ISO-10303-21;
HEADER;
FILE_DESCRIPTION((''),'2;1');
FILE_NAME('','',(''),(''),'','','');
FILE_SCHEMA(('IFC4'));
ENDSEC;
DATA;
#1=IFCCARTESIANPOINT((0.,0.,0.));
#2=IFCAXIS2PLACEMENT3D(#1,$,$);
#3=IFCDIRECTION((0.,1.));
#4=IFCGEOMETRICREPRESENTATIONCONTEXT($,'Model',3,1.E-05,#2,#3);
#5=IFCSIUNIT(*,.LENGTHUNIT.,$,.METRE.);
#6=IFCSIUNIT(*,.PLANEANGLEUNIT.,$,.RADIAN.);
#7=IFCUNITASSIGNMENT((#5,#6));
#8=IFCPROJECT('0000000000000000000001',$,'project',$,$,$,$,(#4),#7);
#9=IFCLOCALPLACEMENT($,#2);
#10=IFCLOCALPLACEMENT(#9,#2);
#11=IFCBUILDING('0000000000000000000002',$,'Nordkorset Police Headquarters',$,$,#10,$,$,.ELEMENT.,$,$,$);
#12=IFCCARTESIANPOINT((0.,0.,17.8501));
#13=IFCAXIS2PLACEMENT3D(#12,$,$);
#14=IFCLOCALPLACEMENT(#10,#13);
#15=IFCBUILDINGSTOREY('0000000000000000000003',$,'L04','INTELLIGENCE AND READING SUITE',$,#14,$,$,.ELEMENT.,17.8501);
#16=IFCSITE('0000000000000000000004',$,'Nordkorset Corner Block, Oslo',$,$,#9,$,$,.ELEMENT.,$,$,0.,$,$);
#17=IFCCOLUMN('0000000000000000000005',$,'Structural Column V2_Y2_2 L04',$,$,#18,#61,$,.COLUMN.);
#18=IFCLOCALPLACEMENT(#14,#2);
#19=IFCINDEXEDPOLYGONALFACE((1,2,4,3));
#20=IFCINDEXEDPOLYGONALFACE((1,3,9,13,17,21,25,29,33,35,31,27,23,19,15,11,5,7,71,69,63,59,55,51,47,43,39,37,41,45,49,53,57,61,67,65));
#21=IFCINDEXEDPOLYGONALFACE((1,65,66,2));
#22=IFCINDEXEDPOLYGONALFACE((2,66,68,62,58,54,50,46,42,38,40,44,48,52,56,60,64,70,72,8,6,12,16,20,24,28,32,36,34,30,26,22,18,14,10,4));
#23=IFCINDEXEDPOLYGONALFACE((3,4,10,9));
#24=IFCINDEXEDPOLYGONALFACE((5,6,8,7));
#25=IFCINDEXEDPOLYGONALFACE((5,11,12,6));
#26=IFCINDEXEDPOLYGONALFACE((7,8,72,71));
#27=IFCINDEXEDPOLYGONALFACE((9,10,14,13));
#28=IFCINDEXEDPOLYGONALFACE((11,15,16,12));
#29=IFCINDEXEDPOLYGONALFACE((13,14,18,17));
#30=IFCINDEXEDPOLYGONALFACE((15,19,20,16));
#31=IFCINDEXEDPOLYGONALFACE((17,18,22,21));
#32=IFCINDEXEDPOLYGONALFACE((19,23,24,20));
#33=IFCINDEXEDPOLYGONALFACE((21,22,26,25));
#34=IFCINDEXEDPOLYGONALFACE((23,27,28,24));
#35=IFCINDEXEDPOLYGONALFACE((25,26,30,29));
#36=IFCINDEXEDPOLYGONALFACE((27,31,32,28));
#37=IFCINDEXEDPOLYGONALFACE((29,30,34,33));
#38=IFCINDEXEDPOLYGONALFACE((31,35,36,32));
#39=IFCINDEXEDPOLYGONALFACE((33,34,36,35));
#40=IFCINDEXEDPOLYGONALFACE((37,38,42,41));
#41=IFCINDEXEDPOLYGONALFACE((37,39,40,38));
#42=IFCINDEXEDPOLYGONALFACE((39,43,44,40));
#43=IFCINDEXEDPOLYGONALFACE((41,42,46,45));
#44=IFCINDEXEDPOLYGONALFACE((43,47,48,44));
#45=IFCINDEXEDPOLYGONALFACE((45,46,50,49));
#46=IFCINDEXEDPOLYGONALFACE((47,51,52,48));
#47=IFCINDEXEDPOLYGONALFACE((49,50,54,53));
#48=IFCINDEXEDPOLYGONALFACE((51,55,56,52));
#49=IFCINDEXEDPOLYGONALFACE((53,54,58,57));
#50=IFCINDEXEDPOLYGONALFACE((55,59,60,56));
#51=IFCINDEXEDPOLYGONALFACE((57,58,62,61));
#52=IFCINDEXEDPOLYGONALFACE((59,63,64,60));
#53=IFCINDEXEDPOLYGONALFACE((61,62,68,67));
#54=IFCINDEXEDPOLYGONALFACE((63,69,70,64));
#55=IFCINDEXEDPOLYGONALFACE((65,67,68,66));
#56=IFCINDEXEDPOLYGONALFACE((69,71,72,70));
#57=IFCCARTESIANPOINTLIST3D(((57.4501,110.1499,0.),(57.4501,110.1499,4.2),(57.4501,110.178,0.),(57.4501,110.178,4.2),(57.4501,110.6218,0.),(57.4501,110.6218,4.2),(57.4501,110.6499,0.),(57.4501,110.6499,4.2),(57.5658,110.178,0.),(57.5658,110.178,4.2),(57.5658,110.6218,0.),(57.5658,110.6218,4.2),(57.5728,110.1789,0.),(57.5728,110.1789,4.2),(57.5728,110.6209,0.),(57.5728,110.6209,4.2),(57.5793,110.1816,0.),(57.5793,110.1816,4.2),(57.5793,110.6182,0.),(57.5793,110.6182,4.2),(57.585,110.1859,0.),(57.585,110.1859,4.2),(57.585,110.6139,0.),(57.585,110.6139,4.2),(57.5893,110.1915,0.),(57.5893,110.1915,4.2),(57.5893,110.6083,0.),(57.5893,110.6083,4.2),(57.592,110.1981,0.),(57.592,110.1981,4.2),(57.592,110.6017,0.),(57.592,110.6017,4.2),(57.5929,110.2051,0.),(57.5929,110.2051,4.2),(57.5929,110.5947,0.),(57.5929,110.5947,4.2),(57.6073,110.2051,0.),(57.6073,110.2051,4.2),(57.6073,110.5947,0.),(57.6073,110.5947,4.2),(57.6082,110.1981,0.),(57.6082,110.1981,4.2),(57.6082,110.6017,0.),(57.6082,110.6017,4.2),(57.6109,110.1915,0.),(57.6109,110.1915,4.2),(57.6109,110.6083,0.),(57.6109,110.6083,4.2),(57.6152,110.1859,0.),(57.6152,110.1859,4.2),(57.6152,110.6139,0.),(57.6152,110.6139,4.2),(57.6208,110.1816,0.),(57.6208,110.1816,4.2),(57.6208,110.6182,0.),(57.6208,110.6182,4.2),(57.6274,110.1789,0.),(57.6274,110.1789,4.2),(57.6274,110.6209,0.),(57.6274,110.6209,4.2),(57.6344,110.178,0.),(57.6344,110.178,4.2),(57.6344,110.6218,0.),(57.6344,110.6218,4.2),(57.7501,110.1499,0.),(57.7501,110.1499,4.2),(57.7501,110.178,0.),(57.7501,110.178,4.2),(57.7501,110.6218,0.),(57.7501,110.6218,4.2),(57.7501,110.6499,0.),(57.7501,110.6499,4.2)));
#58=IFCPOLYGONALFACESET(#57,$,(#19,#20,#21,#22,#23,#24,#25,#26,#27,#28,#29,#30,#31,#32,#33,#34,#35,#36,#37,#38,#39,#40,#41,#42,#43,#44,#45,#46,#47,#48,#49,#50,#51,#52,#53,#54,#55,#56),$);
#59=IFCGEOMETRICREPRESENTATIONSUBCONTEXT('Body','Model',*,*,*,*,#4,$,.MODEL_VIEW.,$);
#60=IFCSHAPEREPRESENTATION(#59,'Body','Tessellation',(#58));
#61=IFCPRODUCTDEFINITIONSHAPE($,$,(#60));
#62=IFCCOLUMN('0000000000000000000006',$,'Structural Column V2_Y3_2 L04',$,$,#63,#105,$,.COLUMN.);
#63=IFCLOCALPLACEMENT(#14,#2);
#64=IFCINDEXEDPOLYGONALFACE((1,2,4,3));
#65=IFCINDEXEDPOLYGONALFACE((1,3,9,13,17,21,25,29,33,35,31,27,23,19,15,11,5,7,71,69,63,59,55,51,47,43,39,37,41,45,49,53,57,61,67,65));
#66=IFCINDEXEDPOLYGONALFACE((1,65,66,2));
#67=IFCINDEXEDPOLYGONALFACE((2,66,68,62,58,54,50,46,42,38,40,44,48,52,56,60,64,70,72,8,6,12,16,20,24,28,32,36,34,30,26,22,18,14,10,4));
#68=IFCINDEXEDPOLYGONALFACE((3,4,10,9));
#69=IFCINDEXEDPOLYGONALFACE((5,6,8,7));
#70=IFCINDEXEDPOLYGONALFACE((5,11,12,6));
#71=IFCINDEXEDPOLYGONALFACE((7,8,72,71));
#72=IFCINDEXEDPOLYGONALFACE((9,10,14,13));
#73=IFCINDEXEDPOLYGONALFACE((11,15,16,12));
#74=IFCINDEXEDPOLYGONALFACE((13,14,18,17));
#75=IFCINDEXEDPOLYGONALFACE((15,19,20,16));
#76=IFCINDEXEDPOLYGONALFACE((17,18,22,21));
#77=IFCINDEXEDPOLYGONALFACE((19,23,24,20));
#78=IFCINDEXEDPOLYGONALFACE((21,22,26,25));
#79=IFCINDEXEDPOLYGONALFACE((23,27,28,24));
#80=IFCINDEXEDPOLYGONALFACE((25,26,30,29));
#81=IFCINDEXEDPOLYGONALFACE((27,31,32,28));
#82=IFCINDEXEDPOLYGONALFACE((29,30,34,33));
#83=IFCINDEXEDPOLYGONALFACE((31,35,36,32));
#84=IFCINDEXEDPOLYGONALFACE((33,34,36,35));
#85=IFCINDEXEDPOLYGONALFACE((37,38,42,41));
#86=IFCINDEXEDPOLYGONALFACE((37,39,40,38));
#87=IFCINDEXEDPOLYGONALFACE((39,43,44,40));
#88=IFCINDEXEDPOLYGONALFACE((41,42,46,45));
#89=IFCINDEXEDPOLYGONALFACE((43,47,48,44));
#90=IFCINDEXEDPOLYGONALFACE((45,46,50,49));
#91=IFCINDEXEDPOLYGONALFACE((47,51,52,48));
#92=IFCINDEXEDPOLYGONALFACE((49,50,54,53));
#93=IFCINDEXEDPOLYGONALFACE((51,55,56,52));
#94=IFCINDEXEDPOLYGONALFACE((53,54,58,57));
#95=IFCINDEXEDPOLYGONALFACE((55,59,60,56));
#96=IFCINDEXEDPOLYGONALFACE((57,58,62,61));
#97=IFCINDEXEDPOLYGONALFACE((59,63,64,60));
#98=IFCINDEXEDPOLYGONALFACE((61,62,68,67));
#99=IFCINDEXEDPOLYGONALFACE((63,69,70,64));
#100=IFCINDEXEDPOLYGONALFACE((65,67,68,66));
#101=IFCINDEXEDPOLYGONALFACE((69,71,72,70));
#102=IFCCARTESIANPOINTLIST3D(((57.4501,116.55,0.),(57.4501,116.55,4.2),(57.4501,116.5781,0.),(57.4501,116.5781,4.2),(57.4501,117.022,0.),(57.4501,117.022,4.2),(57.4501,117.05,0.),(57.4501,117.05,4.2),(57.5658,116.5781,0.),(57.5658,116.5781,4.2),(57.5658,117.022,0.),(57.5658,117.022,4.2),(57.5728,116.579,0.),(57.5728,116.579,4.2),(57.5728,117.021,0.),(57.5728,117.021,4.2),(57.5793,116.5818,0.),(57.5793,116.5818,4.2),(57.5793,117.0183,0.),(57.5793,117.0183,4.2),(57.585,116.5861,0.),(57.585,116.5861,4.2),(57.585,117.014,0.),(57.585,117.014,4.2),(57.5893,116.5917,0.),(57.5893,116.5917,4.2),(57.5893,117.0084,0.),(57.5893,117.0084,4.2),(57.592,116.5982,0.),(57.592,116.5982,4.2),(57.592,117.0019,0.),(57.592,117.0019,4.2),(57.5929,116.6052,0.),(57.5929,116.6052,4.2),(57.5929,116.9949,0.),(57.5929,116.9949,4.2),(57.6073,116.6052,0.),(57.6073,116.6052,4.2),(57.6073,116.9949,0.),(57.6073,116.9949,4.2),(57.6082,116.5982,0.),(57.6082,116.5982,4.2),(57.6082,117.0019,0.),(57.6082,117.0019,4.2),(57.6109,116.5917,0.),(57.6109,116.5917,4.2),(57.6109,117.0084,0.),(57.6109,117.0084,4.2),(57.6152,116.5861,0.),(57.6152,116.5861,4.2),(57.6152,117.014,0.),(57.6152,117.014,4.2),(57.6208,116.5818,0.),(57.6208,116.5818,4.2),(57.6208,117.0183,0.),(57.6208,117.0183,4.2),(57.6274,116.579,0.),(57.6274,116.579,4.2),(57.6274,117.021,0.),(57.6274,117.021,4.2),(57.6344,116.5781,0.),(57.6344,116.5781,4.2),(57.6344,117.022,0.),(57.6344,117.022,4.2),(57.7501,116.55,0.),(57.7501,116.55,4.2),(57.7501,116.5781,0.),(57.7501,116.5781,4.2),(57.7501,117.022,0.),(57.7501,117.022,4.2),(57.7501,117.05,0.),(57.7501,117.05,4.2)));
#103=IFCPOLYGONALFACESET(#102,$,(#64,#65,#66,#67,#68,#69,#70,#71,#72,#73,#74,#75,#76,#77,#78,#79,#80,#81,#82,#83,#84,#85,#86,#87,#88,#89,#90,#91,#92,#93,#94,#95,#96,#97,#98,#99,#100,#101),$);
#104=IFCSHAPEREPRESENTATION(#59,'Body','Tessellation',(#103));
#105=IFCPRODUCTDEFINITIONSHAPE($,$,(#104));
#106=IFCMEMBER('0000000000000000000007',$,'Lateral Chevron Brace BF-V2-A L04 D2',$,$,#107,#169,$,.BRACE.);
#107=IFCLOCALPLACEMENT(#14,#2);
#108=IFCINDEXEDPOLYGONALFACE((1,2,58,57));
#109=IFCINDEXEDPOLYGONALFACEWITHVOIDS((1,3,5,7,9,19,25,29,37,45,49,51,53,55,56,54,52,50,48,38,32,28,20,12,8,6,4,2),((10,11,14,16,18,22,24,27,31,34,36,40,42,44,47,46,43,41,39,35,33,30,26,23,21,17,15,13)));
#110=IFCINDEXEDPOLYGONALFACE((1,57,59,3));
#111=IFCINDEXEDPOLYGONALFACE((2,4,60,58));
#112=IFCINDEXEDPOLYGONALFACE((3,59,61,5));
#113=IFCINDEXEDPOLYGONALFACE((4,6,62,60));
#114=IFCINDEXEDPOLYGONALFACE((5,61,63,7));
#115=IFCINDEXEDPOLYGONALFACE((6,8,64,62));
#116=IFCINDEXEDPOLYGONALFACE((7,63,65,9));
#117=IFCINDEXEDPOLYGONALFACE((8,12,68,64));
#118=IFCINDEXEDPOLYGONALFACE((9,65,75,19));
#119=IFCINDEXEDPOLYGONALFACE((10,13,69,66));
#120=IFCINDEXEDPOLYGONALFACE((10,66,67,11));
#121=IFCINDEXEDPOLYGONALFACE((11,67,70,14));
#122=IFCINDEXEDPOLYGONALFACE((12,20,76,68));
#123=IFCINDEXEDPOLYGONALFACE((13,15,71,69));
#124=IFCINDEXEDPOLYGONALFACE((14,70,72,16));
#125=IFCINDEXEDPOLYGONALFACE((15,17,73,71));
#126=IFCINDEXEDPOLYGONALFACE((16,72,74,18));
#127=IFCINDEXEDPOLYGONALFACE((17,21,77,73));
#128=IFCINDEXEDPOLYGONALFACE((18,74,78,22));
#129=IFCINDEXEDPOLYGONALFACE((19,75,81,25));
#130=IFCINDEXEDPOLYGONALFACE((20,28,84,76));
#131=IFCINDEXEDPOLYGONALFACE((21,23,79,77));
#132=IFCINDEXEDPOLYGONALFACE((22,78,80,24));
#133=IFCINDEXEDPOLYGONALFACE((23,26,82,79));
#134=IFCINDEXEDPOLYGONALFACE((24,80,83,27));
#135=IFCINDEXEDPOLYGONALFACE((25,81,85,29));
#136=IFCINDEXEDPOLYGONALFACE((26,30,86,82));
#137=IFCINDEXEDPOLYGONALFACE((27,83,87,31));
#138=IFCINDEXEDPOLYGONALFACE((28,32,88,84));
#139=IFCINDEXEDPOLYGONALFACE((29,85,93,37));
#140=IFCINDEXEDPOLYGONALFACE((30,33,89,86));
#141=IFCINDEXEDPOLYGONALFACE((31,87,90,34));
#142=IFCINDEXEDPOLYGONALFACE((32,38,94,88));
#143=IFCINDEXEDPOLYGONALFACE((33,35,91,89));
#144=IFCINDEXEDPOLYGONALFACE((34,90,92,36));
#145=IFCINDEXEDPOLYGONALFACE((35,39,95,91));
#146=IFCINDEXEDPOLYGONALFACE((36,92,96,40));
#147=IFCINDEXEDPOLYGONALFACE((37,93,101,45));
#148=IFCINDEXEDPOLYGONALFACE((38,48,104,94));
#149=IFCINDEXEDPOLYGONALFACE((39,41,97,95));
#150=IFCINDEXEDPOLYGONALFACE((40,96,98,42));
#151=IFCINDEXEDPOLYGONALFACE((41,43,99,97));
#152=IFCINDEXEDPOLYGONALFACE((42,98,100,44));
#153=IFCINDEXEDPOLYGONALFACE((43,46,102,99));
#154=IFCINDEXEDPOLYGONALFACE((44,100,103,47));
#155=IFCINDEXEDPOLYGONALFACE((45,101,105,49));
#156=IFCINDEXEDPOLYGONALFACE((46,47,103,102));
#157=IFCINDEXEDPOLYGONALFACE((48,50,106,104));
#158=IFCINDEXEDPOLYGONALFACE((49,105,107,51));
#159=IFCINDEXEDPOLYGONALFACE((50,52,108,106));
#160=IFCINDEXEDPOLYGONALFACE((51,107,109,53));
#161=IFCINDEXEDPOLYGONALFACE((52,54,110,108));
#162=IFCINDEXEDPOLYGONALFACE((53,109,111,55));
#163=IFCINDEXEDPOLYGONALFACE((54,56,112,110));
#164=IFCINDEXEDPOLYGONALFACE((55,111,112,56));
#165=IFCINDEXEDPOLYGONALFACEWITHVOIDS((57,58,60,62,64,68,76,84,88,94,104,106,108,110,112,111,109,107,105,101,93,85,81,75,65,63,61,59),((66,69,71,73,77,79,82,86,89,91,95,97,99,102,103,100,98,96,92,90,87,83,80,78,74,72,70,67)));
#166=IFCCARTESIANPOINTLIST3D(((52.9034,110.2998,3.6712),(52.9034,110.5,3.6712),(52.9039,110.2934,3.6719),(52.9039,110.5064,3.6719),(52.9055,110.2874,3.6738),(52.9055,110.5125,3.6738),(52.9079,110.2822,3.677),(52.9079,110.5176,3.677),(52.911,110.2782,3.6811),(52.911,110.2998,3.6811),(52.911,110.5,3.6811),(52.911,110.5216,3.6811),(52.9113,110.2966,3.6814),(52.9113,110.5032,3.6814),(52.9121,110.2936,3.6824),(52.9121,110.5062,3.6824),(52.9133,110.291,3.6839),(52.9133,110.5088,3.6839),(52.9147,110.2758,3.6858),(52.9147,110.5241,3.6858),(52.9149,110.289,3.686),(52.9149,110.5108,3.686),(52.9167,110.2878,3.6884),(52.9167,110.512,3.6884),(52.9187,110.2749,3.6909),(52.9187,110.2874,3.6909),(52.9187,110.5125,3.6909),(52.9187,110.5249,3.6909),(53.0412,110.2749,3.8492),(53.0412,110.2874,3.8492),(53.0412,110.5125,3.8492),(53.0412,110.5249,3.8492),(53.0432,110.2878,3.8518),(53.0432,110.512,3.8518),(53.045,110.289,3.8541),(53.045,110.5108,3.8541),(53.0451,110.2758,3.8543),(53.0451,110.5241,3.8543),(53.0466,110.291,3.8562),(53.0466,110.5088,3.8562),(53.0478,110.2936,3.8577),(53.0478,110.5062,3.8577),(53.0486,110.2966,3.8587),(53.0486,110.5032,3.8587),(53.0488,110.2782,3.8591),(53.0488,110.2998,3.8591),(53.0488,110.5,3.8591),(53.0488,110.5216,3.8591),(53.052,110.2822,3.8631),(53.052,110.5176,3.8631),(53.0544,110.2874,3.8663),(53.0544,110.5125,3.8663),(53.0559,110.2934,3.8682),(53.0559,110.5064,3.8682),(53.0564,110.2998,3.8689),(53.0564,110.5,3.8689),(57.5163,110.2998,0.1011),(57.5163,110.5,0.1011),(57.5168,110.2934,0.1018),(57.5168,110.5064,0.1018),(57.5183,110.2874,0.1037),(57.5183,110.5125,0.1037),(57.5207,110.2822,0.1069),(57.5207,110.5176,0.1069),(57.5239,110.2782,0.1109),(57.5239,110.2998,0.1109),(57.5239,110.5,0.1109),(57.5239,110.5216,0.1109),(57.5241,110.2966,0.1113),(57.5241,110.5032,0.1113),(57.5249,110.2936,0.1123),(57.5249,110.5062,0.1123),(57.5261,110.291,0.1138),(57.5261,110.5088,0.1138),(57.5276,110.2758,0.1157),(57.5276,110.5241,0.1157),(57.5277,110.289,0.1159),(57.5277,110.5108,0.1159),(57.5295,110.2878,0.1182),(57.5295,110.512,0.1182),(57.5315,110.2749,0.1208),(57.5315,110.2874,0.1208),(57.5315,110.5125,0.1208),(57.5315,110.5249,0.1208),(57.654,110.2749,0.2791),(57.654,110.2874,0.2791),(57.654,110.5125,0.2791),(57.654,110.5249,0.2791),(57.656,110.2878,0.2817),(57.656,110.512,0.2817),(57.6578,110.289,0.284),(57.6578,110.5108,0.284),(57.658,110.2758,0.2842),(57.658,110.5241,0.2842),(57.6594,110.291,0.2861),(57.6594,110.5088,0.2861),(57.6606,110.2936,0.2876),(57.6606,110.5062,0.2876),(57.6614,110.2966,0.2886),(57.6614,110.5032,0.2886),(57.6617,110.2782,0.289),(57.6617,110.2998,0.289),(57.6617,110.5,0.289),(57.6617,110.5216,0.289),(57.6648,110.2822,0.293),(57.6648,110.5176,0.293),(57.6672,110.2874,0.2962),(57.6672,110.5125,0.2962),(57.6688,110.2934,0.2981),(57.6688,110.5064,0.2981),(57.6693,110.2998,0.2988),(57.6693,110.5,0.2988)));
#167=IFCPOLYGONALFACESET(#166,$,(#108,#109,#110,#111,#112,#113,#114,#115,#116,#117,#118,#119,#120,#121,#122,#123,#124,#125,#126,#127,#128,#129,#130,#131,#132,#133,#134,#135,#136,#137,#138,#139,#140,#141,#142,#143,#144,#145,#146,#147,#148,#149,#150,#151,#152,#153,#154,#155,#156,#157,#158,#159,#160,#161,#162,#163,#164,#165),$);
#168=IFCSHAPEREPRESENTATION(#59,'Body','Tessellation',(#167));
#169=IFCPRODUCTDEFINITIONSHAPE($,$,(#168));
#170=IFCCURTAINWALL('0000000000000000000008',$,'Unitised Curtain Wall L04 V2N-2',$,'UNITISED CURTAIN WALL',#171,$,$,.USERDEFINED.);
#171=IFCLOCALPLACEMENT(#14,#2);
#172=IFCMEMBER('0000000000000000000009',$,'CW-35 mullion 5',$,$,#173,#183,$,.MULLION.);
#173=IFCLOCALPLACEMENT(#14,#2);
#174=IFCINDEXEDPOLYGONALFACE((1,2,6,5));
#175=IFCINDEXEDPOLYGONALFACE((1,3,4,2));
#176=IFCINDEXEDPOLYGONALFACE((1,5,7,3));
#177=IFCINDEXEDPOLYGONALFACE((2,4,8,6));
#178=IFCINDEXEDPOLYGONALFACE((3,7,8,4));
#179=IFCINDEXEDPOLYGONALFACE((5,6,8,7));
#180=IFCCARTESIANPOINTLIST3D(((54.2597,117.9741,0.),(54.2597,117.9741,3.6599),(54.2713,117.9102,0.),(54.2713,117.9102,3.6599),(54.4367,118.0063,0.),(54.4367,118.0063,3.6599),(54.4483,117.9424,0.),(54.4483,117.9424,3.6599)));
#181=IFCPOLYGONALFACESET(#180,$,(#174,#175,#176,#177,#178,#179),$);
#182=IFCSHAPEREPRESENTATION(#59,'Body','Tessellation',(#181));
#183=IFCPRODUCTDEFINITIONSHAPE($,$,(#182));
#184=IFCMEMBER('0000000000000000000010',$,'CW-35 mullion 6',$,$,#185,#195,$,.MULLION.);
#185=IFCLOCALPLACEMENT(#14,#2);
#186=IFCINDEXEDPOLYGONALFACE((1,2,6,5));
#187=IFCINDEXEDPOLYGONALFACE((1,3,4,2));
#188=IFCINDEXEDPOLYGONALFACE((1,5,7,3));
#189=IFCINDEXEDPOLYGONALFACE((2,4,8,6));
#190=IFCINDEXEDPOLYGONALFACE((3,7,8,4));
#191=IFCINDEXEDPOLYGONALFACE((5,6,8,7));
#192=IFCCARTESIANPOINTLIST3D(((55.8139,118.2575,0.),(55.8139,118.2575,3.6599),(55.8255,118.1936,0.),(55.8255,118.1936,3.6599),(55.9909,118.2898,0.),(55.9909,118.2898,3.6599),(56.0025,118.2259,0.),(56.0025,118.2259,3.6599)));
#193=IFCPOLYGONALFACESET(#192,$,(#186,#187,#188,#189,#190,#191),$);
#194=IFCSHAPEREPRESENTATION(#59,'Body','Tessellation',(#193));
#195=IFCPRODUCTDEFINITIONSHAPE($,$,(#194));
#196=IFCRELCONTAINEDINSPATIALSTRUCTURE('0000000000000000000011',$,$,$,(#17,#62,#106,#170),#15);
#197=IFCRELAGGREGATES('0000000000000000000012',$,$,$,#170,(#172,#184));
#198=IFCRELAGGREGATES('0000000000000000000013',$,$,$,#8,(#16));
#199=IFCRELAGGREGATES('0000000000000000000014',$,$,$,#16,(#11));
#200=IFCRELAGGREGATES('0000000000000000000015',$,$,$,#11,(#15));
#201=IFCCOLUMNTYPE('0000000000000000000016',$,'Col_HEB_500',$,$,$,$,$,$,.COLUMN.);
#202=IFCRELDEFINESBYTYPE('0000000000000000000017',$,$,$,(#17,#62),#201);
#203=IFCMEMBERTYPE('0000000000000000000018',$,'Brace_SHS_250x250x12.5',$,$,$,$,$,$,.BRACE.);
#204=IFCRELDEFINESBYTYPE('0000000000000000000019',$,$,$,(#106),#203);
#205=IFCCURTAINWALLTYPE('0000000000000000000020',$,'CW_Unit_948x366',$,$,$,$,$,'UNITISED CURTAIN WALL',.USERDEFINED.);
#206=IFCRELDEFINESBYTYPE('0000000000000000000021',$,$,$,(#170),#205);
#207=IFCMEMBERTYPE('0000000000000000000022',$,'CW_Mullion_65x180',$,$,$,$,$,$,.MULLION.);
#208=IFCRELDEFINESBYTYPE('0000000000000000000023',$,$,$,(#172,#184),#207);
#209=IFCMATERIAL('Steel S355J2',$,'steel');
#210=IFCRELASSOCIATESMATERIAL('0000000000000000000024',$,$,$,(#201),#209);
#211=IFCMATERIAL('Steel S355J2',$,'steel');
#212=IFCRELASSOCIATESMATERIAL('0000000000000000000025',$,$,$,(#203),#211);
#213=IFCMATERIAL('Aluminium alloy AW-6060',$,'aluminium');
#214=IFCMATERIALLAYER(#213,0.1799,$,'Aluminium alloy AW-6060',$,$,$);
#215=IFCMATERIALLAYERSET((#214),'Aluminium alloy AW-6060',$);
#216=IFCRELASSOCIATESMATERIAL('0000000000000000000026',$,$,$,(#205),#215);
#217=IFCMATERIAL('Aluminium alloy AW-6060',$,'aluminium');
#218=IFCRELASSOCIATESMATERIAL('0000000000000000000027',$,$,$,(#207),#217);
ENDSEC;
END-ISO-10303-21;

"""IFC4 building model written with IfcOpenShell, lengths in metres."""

from ifc_helpers import new_model, si_unit, direction, frame, origin, origin_2d, place, context, subcontext, project, spatial, rectangle, hollow_rectangle, i_section, extrude, material, layer, layer_set, material_profile, profile_set, type_object, element, aggregate, save


model = new_model("IFC4")

# Units and contexts
model_context = context("Model", 3, precision=1e-05, world=origin(), true_north=direction((0.0, 1.0)))
body_context = subcontext(model_context, "Body", "Model", "MODEL_VIEW")
ifc_project = project(units=[si_unit("LENGTHUNIT", "METRE"), si_unit("PLANEANGLEUNIT", "RADIAN")], contexts=[model_context])

# Site, building, storey
site_placement = place(None, origin())
site = spatial("IfcSite", under=ifc_project, at=site_placement, Name="Nordkorset Corner Block, Oslo", CompositionType="ELEMENT", RefElevation=0.0)
building_placement = place(site_placement, origin())
building = spatial("IfcBuilding", under=site, at=building_placement, Name="Nordkorset Police Headquarters", CompositionType="ELEMENT")
storey_placement = place(building_placement, frame((0.0, 0.0, 17.8501)))
storey = spatial("IfcBuildingStorey", under=building, at=storey_placement, Name="L04", Description="INTELLIGENCE AND READING SUITE", CompositionType="ELEMENT", Elevation=17.8501)

# Columns
ifc_material_1 = material(Name="Steel S355J2", Category="steel")
ifc_material_profile_1 = material_profile(ifc_material_1, i_section(OverallWidth=0.3, OverallDepth=0.5, WebThickness=0.0144, FlangeThickness=0.0281, FilletRadius=0.0271, at=origin_2d()), Name="HEB 500")
ifc_profile_set_1 = profile_set([ifc_material_profile_1], Name="Steel S355J2")
column_type = type_object("IfcColumnType", Name="Col_HEB_500", PredefinedType="COLUMN", material=ifc_profile_set_1)
for number, where, z_axis, x_axis, name in (
    (1, (57.6001, 110.3999, 0.0), (0.0, 0.0, 1.0), (1.0, 0.0, 0.0), "Structural Column V2_Y2_2 L04"),
    (2, (57.6001, 116.8, 0.0), (0.0, 0.0, 1.0), (1.0, 0.0, 0.0), "Structural Column V2_Y3_2 L04"),
):
    element("IfcColumn", number, at=place(storey_placement, frame(where, z_axis=z_axis, x_axis=x_axis)), inside=storey, type_object=column_type, Name=name, PredefinedType="COLUMN", context=body_context, shape_type="SweptSolid", body=[
        extrude(i_section(OverallWidth=0.3, OverallDepth=0.5, WebThickness=0.0144, FlangeThickness=0.0281, FilletRadius=0.0271, at=origin_2d()), origin(), (0.0, 0.0, 1.0), 4.2),
    ])

# Member
ifc_material_2 = material(Name="Steel S355J2", Category="steel")
ifc_material_profile_2 = material_profile(ifc_material_2, hollow_rectangle(XDim=0.25, YDim=0.25, WallThickness=0.0125, InnerFilletRadius=0.0125, OuterFilletRadius=0.0249, at=origin_2d()), Name="SHS 250x250x12.5")
ifc_profile_set_2 = profile_set([ifc_material_profile_2], Name="Steel S355J2")
member_type_1 = type_object("IfcMemberType", Name="Brace_SHS_250x250x12.5", PredefinedType="BRACE", material=ifc_profile_set_2)
member_1_placement = place(storey_placement, frame((57.5928, 110.3999, 0.2), z_axis=(-0.790817, 0.0, 0.612052), x_axis=(0.0, -1.0, 0.0)))
element("IfcMember", 3, at=member_1_placement, inside=storey, type_object=member_type_1, Name="Lateral Chevron Brace BF-V2-A L04 D2", PredefinedType="BRACE", context=body_context, shape_type="SweptSolid", body=[
    extrude(hollow_rectangle(XDim=0.25, YDim=0.25, WallThickness=0.0125, InnerFilletRadius=0.0125, OuterFilletRadius=0.0249, at=origin_2d()), origin(), (0.0, 0.0, 1.0), 5.833),
])

# Curtain wall, members
ifc_material_3 = material(Name="Aluminium alloy AW-6060", Category="aluminium")
ifc_layer_1 = layer(ifc_material_3, 0.1799, Name="Aluminium alloy AW-6060")
ifc_layer_set_1 = layer_set([ifc_layer_1], Name="Aluminium alloy AW-6060")
curtain_wall_type_1 = type_object("IfcCurtainWallType", Name="CW_Unit_948x366", ElementType="UNITISED CURTAIN WALL", PredefinedType="USERDEFINED", material=ifc_layer_set_1)
curtain_wall_1_placement = place(storey_placement, origin())
curtain_wall_1 = element("IfcCurtainWall", 4, at=curtain_wall_1_placement, inside=storey, type_object=curtain_wall_type_1, Name="Unitised Curtain Wall L04 V2N-2", ObjectType="UNITISED CURTAIN WALL", PredefinedType="USERDEFINED")
ifc_material_4 = material(Name="Aluminium alloy AW-6060", Category="aluminium")
ifc_material_profile_3 = material_profile(ifc_material_4, rectangle(XDim=0.0649, YDim=0.1799, at=origin_2d()), Name="ALU MULL 65x180")
ifc_profile_set_3 = profile_set([ifc_material_profile_3], Name="Aluminium alloy AW-6060")
member_type_2 = type_object("IfcMemberType", Name="CW_Mullion_65x180", PredefinedType="MULLION", material=ifc_profile_set_3)
member_2_placement = place(storey_placement, frame((54.354, 117.9583, 0.0), z_axis=(0.0, 0.0, 1.0), x_axis=(-0.179336, 0.983788, 0.0)))
member_2 = element("IfcMember", 5, at=member_2_placement, type_object=member_type_2, Name="CW-35 mullion 5", PredefinedType="MULLION", context=body_context, shape_type="SweptSolid", body=[
    extrude(rectangle(XDim=0.0649, YDim=0.1799, at=origin_2d()), origin(), (0.0, 0.0, 1.0), 3.6599),
])
member_3_placement = place(storey_placement, frame((55.9082, 118.2417, 0.0), z_axis=(0.0, 0.0, 1.0), x_axis=(-0.179336, 0.983788, 0.0)))
member_3 = element("IfcMember", 6, at=member_3_placement, type_object=member_type_2, Name="CW-35 mullion 6", PredefinedType="MULLION", context=body_context, shape_type="SweptSolid", body=[
    extrude(rectangle(XDim=0.0649, YDim=0.1799, at=origin_2d()), origin(), (0.0, 0.0, 1.0), 3.6599),
])

aggregate(curtain_wall_1, [member_2, member_3])

save(model, "model.ifc")
